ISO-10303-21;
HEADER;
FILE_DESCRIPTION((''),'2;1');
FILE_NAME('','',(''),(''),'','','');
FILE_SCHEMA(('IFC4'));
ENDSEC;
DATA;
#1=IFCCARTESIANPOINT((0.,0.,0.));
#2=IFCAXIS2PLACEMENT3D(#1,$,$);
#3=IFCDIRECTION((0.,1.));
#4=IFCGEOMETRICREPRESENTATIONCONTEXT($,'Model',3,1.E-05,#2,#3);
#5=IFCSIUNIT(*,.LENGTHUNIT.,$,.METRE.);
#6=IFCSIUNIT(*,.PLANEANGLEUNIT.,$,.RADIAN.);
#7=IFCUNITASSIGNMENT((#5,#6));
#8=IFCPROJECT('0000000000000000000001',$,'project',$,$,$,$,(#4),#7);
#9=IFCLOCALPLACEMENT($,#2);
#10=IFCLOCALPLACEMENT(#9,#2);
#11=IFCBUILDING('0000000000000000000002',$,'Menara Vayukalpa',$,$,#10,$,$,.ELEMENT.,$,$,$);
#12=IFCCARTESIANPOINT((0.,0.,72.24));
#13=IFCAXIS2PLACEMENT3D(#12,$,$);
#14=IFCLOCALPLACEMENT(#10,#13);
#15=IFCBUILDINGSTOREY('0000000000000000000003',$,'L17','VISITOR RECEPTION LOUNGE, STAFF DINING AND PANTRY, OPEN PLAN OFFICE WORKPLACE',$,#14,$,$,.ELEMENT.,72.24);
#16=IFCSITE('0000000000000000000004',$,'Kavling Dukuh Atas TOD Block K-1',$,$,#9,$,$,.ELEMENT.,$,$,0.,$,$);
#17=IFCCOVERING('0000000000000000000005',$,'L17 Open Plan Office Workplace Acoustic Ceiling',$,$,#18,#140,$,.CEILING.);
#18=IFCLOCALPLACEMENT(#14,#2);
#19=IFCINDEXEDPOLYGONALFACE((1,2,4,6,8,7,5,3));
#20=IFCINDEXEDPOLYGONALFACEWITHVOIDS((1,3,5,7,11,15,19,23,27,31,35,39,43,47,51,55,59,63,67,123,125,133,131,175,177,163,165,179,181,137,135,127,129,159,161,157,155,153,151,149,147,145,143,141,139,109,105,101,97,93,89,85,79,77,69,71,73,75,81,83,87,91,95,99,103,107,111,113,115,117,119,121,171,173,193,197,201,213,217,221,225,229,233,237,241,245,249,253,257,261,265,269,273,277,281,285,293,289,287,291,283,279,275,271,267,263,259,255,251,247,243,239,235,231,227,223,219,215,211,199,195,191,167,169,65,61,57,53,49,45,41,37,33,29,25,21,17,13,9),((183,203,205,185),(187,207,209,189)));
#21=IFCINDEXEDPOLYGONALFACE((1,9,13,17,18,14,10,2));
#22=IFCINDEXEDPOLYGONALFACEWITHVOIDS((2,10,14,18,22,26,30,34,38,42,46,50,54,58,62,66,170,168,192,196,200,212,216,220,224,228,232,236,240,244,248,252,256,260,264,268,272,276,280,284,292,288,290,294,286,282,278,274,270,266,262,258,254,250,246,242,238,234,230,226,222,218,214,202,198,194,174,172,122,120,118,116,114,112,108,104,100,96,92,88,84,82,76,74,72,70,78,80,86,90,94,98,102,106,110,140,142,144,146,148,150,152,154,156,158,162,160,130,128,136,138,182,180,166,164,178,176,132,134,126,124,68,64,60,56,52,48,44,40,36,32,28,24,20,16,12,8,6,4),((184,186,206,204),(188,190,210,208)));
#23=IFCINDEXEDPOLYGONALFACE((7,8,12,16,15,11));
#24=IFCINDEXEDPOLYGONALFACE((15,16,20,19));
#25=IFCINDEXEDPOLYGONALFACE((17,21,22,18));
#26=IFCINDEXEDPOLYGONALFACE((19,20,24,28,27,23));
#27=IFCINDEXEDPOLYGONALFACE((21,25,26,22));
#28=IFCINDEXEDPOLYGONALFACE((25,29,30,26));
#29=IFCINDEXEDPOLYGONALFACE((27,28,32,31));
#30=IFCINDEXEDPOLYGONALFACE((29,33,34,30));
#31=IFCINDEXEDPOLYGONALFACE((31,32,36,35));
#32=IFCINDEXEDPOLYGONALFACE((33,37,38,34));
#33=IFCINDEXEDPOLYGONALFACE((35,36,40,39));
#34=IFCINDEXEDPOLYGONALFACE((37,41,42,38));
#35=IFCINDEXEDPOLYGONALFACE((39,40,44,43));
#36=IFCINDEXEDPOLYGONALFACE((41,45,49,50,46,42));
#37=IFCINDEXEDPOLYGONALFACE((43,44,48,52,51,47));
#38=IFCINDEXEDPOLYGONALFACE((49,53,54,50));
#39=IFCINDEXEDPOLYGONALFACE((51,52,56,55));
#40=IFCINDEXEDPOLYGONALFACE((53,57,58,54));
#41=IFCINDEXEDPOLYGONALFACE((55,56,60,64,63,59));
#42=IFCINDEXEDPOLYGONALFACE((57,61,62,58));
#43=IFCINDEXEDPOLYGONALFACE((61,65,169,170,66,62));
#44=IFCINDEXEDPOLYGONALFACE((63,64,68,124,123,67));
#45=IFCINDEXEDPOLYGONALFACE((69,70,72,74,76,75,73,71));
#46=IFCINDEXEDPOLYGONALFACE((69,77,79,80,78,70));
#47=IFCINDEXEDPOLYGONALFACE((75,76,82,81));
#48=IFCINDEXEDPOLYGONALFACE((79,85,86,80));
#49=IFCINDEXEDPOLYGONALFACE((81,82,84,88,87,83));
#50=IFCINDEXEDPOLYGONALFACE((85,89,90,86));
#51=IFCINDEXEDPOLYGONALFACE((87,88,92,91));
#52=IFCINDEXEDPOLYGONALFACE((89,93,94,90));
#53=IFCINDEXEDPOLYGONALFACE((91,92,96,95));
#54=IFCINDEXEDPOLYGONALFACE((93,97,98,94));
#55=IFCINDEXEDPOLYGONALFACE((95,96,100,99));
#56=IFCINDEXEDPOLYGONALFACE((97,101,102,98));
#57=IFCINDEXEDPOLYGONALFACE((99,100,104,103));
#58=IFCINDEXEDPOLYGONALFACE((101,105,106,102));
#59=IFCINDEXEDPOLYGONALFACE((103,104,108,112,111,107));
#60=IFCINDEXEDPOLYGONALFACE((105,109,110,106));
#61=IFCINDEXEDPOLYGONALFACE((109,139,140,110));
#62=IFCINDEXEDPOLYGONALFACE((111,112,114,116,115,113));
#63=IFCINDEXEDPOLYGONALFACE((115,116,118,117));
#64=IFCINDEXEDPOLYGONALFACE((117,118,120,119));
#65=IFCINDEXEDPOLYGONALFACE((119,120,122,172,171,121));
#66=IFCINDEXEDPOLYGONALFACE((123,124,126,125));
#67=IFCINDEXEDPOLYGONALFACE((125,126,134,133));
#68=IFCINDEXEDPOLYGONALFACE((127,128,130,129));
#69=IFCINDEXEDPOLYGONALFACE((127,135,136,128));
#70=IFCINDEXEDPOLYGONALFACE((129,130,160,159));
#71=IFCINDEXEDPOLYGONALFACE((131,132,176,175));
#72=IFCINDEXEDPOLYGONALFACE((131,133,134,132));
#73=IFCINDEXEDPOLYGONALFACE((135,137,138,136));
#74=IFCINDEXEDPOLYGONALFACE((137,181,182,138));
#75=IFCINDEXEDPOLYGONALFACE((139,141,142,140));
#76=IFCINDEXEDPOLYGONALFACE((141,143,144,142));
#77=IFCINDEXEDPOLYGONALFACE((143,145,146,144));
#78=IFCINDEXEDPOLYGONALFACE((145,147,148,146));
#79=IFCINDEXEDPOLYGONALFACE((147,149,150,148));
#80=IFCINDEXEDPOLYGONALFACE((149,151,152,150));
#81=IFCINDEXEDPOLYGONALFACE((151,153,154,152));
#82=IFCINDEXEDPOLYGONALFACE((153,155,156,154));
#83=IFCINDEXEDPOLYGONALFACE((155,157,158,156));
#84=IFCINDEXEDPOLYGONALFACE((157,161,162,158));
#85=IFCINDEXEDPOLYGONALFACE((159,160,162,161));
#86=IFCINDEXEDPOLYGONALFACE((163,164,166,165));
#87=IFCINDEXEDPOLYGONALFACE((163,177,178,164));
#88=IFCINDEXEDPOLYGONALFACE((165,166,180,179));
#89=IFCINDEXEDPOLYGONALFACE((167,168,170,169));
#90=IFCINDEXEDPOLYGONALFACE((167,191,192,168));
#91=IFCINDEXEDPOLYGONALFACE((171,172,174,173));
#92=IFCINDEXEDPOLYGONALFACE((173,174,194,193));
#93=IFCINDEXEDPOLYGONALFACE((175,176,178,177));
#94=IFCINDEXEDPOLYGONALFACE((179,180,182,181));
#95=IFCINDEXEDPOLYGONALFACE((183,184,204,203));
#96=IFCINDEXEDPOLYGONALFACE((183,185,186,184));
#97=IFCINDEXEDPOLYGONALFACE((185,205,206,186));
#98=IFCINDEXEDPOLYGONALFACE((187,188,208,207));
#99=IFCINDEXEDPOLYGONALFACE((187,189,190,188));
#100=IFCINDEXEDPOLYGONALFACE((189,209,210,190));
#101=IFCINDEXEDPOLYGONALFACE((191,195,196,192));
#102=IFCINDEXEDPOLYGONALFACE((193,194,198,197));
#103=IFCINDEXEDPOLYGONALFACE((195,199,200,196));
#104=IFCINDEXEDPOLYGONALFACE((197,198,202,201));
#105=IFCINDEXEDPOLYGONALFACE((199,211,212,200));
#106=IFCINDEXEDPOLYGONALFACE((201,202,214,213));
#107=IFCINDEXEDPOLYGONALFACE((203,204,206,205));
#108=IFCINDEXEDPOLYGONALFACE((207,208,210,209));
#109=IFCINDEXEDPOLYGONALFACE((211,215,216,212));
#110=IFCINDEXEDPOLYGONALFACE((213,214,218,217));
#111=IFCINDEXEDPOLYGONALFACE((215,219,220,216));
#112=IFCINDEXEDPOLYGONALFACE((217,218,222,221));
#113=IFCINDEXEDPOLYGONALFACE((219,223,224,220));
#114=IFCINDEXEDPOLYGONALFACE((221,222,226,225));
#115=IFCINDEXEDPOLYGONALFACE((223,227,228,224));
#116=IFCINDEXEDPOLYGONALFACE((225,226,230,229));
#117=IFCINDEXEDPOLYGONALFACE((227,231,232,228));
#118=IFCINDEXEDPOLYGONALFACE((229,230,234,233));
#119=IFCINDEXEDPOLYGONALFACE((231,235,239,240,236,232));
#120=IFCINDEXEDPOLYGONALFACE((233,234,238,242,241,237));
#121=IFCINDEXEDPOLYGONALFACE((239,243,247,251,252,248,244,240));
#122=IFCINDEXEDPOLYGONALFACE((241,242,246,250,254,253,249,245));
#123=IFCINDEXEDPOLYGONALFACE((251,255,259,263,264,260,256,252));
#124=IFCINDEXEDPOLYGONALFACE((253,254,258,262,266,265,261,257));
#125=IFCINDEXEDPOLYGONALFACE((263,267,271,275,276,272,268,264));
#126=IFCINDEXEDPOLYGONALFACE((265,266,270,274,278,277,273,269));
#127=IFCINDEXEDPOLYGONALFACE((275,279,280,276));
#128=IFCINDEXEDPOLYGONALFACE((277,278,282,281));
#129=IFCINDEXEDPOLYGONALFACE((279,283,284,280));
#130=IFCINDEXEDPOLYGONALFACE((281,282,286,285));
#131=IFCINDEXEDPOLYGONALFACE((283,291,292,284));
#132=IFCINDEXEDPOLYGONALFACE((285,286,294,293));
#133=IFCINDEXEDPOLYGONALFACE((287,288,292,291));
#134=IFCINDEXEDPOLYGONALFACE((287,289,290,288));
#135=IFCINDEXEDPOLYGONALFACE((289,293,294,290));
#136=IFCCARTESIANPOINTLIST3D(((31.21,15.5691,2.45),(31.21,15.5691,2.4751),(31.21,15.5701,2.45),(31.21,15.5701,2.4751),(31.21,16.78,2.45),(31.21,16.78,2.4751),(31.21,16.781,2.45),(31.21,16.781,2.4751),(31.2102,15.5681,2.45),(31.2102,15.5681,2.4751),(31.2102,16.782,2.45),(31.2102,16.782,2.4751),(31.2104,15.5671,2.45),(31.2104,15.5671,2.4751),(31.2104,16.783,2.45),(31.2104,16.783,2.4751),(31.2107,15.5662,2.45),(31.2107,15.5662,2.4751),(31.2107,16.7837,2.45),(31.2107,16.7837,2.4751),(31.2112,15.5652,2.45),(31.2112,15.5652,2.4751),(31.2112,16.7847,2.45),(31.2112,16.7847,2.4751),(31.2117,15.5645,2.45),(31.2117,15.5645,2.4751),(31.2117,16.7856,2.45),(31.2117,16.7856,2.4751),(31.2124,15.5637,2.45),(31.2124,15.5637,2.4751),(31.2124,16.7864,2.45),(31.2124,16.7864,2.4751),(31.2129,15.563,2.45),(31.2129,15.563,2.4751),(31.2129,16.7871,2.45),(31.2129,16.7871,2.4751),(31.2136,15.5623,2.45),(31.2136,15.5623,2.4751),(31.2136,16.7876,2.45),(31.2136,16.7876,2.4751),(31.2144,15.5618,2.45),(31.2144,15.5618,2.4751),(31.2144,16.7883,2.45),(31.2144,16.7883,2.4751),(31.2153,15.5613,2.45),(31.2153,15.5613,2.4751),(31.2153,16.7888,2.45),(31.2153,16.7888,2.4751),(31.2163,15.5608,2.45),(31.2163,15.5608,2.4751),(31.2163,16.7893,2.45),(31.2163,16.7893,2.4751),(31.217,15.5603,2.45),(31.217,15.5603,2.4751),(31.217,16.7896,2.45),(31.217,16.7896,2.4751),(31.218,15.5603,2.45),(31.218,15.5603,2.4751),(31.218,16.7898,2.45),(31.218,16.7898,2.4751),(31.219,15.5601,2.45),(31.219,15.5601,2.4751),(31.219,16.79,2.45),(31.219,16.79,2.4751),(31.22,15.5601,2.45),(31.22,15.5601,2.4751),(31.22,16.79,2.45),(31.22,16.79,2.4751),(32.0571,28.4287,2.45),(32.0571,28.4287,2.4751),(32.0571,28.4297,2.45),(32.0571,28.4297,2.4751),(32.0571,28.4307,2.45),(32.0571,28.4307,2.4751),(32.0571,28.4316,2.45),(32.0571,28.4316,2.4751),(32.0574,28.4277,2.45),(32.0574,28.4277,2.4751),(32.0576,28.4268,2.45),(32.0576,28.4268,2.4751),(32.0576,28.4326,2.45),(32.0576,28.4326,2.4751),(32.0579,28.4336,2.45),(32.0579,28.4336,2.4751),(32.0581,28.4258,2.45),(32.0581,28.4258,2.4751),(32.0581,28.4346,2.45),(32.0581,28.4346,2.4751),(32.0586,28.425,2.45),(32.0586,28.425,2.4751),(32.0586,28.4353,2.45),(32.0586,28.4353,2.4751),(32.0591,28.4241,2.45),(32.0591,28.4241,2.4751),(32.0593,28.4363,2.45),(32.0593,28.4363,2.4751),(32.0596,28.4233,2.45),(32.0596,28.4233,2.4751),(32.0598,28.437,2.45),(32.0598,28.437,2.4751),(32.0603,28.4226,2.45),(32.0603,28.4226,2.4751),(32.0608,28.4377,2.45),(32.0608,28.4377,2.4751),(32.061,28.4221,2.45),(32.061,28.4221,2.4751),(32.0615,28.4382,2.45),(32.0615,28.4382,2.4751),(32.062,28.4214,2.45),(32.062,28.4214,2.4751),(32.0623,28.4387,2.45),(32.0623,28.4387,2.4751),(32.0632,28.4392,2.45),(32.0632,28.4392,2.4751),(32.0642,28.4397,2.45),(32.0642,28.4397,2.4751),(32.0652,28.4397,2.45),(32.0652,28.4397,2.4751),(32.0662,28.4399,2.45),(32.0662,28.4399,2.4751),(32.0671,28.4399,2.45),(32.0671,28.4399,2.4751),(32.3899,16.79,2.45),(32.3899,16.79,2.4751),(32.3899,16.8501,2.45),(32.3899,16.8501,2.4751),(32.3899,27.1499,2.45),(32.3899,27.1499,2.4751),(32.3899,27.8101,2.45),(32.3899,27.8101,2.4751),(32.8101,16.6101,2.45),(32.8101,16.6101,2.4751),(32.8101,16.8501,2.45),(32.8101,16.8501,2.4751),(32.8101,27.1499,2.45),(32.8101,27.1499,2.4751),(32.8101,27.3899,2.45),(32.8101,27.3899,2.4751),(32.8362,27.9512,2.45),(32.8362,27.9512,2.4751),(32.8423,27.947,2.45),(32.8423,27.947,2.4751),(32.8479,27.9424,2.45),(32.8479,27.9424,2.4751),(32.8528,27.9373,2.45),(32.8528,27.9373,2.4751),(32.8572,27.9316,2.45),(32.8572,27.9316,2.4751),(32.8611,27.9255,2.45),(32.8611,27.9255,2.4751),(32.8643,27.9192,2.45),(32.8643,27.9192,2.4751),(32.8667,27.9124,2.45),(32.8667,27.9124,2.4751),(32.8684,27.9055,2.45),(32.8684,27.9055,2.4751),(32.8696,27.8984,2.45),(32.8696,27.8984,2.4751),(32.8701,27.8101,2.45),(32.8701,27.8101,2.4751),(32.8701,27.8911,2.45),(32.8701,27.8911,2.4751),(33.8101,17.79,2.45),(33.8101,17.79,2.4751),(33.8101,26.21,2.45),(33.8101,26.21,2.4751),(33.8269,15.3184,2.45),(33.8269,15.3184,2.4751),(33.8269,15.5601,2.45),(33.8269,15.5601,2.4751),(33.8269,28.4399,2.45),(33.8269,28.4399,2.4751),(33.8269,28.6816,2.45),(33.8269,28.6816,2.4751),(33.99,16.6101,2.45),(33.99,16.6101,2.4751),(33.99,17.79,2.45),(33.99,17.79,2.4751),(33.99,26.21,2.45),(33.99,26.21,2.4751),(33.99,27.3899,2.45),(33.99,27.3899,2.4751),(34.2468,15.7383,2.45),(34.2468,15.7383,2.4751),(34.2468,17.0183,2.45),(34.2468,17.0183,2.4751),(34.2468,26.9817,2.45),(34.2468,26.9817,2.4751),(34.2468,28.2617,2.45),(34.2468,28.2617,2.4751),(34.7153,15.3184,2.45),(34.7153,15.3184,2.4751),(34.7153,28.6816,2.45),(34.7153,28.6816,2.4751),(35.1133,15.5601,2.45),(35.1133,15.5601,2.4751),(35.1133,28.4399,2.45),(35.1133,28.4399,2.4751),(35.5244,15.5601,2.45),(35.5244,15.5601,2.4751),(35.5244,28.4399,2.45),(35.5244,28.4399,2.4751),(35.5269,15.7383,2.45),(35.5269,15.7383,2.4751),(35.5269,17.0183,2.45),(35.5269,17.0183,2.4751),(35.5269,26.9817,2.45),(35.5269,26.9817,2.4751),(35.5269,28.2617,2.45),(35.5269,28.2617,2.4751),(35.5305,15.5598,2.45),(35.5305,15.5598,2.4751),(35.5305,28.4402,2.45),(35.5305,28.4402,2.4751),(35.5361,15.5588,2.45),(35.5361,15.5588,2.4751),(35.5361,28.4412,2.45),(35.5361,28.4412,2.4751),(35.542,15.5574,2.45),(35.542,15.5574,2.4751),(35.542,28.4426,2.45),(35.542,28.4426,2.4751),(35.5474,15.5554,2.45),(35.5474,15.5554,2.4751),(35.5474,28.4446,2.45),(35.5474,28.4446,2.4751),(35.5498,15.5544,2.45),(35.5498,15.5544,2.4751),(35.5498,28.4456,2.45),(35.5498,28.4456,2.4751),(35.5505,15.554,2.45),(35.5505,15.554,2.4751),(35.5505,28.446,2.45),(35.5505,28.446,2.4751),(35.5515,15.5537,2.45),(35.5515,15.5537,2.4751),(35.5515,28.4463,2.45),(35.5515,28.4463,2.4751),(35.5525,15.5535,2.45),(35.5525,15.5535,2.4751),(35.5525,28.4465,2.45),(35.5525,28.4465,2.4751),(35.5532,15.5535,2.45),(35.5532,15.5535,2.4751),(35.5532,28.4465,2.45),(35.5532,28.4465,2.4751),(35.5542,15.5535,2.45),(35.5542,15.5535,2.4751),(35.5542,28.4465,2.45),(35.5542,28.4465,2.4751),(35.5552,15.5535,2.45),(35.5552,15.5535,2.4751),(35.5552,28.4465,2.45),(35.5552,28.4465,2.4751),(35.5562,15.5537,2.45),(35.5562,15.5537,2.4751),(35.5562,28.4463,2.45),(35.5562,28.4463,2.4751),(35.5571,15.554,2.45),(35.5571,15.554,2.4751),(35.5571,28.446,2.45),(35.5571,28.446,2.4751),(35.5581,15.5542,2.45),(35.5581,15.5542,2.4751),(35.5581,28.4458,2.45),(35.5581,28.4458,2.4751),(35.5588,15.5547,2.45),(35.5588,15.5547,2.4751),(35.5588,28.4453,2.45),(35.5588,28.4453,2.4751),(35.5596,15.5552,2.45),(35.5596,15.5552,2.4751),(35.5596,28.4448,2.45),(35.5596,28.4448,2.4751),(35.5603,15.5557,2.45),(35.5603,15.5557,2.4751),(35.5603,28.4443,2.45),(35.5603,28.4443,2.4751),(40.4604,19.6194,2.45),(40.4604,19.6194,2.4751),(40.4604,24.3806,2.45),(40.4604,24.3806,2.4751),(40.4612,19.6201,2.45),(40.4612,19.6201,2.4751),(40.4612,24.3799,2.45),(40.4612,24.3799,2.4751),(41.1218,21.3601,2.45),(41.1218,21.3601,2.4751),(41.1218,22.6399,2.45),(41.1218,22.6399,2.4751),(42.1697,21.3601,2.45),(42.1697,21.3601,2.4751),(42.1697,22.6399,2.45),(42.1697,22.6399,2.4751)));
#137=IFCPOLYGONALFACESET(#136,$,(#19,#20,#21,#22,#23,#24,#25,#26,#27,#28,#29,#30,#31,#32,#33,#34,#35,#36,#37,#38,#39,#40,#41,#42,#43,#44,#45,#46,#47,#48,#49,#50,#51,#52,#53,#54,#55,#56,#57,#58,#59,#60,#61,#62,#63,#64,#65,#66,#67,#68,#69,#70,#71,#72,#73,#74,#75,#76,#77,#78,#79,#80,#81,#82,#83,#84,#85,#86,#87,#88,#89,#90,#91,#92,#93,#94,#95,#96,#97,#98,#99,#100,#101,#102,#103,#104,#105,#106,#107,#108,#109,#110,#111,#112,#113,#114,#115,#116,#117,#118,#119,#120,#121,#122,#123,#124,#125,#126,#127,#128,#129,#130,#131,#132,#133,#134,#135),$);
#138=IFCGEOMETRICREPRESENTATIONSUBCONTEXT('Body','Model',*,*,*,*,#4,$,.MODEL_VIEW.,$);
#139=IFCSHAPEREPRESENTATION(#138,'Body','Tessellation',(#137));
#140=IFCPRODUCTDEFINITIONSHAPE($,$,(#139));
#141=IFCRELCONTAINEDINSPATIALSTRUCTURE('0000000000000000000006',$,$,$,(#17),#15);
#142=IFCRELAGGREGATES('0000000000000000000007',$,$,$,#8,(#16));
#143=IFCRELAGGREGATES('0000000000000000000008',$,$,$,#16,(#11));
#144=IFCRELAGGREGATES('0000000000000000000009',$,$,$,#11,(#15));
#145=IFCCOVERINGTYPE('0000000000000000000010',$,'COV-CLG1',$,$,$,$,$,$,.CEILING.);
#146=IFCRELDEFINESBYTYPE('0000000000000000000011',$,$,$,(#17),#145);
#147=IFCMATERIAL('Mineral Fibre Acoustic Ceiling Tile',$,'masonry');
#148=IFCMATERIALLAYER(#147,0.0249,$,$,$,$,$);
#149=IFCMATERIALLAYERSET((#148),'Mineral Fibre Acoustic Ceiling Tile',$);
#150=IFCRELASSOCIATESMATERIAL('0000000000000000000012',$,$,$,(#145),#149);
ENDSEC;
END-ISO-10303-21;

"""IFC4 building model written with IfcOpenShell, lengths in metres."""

from ifc_helpers import new_model, si_unit, direction, frame, origin, place, context, subcontext, project, spatial, polyline, outline, extrude, material, layer, layer_set, type_object, element, save


model = new_model("IFC4")

# Units and contexts
model_context = context("Model", 3, precision=1e-05, world=origin(), true_north=direction((0.0, 1.0)))
body_context = subcontext(model_context, "Body", "Model", "MODEL_VIEW")
ifc_project = project(units=[si_unit("LENGTHUNIT", "METRE"), si_unit("PLANEANGLEUNIT", "RADIAN")], contexts=[model_context])

# Site, building, storey
site_placement = place(None, origin())
site = spatial("IfcSite", under=ifc_project, at=site_placement, Name="Kavling Dukuh Atas TOD Block K-1", CompositionType="ELEMENT", RefElevation=0.0)
building_placement = place(site_placement, origin())
building = spatial("IfcBuilding", under=site, at=building_placement, Name="Menara Vayukalpa", CompositionType="ELEMENT")
storey_placement = place(building_placement, frame((0.0, 0.0, 72.24)))
storey = spatial("IfcBuildingStorey", under=building, at=storey_placement, Name="L17", Description="VISITOR RECEPTION LOUNGE, STAFF DINING AND PANTRY, OPEN PLAN OFFICE WORKPLACE", CompositionType="ELEMENT", Elevation=72.24)

# Covering
ifc_material_1 = material(Name="Mineral Fibre Acoustic Ceiling Tile", Category="masonry")
ifc_layer_1 = layer(ifc_material_1, 0.0249)
ifc_layer_set_1 = layer_set([ifc_layer_1], Name="Mineral Fibre Acoustic Ceiling Tile")
covering_type_1 = type_object("IfcCoveringType", Name="COV-CLG1", PredefinedType="CEILING", material=ifc_layer_set_1)
covering_1_placement = place(storey_placement, frame((0.0, 0.0, 2.45)))
element("IfcCovering", 1, at=covering_1_placement, inside=storey, type_object=covering_type_1, Name="L17 Open Plan Office Workplace Acoustic Ceiling", PredefinedType="CEILING", context=body_context, shape_type="SweptSolid", body=[
    extrude(outline(polyline([(31.219, 15.5601), (31.218, 15.5603), (31.217, 15.5603), (31.2163, 15.5608), (31.2153, 15.5613), (31.2144, 15.5618), (31.2136, 15.5623), (31.2129, 15.563), (31.2124, 15.5637), (31.2117, 15.5645), (31.2112, 15.5652), (31.2107, 15.5662), (31.2104, 15.5671), (31.2102, 15.5681), (31.21, 15.5691), (31.21, 15.5701), (31.21, 16.78), (31.21, 16.781), (31.2102, 16.782), (31.2104, 16.783), (31.2107, 16.7837), (31.2112, 16.7847), (31.2117, 16.7856), (31.2124, 16.7864), (31.2129, 16.7871), (31.2136, 16.7876), (31.2144, 16.7883), (31.2153, 16.7888), (31.2163, 16.7893), (31.217, 16.7896), (31.218, 16.7898), (31.219, 16.79), (31.22, 16.79), (32.3899, 16.79), (32.3899, 16.8501), (32.8101, 16.8501), (32.8101, 16.6101), (33.99, 16.6101), (33.99, 17.79), (33.8101, 17.79), (33.8101, 26.21), (33.99, 26.21), (33.99, 27.3899), (32.8101, 27.3899), (32.8101, 27.1499), (32.3899, 27.1499), (32.3899, 27.8101), (32.8701, 27.8101), (32.8701, 27.8911), (32.8696, 27.8984), (32.8684, 27.9055), (32.8667, 27.9124), (32.8643, 27.9192), (32.8611, 27.9255), (32.8572, 27.9316), (32.8528, 27.9373), (32.8479, 27.9424), (32.8423, 27.947), (32.8362, 27.9512), (32.062, 28.4214), (32.061, 28.4221), (32.0603, 28.4226), (32.0596, 28.4233), (32.0591, 28.4241), (32.0586, 28.425), (32.0581, 28.4258), (32.0576, 28.4268), (32.0574, 28.4277), (32.0571, 28.4287), (32.0571, 28.4297), (32.0571, 28.4307), (32.0571, 28.4316), (32.0576, 28.4326), (32.0579, 28.4336), (32.0581, 28.4346), (32.0586, 28.4353), (32.0593, 28.4363), (32.0598, 28.437), (32.0608, 28.4377), (32.0615, 28.4382), (32.0623, 28.4387), (32.0632, 28.4392), (32.0642, 28.4397), (32.0652, 28.4397), (32.0662, 28.4399), (32.0671, 28.4399), (33.8269, 28.4399), (33.8269, 28.6816), (34.7153, 28.6816), (35.1133, 28.4399), (35.5244, 28.4399), (35.5305, 28.4402), (35.5361, 28.4412), (35.542, 28.4426), (35.5474, 28.4446), (35.5498, 28.4456), (35.5505, 28.446), (35.5515, 28.4463), (35.5525, 28.4465), (35.5532, 28.4465), (35.5542, 28.4465), (35.5552, 28.4465), (35.5562, 28.4463), (35.5571, 28.446), (35.5581, 28.4458), (35.5588, 28.4453), (35.5596, 28.4448), (35.5603, 28.4443), (40.4604, 24.3806), (40.4612, 24.3799), (42.1697, 22.6399), (41.1218, 22.6399), (41.1218, 21.3601), (42.1697, 21.3601), (40.4612, 19.6201), (40.4604, 19.6194), (35.5603, 15.5557), (35.5596, 15.5552), (35.5588, 15.5547), (35.5581, 15.5542), (35.5571, 15.554), (35.5562, 15.5537), (35.5552, 15.5535), (35.5542, 15.5535), (35.5532, 15.5535), (35.5525, 15.5535), (35.5515, 15.5537), (35.5505, 15.554), (35.5498, 15.5544), (35.5474, 15.5554), (35.542, 15.5574), (35.5361, 15.5588), (35.5305, 15.5598), (35.5244, 15.5601), (35.1133, 15.5601), (34.7153, 15.3184), (33.8269, 15.3184), (33.8269, 15.5601), (31.22, 15.5601), (31.219, 15.5601)]), holes=[polyline([(35.5269, 17.0183), (34.2468, 17.0183), (34.2468, 15.7383), (35.5269, 15.7383), (35.5269, 17.0183)]), polyline([(35.5269, 26.9817), (35.5269, 28.2617), (34.2468, 28.2617), (34.2468, 26.9817), (35.5269, 26.9817)])]), origin(), (0.0, 0.0, 1.0), 0.0251),
])

save(model, "model.ifc")
